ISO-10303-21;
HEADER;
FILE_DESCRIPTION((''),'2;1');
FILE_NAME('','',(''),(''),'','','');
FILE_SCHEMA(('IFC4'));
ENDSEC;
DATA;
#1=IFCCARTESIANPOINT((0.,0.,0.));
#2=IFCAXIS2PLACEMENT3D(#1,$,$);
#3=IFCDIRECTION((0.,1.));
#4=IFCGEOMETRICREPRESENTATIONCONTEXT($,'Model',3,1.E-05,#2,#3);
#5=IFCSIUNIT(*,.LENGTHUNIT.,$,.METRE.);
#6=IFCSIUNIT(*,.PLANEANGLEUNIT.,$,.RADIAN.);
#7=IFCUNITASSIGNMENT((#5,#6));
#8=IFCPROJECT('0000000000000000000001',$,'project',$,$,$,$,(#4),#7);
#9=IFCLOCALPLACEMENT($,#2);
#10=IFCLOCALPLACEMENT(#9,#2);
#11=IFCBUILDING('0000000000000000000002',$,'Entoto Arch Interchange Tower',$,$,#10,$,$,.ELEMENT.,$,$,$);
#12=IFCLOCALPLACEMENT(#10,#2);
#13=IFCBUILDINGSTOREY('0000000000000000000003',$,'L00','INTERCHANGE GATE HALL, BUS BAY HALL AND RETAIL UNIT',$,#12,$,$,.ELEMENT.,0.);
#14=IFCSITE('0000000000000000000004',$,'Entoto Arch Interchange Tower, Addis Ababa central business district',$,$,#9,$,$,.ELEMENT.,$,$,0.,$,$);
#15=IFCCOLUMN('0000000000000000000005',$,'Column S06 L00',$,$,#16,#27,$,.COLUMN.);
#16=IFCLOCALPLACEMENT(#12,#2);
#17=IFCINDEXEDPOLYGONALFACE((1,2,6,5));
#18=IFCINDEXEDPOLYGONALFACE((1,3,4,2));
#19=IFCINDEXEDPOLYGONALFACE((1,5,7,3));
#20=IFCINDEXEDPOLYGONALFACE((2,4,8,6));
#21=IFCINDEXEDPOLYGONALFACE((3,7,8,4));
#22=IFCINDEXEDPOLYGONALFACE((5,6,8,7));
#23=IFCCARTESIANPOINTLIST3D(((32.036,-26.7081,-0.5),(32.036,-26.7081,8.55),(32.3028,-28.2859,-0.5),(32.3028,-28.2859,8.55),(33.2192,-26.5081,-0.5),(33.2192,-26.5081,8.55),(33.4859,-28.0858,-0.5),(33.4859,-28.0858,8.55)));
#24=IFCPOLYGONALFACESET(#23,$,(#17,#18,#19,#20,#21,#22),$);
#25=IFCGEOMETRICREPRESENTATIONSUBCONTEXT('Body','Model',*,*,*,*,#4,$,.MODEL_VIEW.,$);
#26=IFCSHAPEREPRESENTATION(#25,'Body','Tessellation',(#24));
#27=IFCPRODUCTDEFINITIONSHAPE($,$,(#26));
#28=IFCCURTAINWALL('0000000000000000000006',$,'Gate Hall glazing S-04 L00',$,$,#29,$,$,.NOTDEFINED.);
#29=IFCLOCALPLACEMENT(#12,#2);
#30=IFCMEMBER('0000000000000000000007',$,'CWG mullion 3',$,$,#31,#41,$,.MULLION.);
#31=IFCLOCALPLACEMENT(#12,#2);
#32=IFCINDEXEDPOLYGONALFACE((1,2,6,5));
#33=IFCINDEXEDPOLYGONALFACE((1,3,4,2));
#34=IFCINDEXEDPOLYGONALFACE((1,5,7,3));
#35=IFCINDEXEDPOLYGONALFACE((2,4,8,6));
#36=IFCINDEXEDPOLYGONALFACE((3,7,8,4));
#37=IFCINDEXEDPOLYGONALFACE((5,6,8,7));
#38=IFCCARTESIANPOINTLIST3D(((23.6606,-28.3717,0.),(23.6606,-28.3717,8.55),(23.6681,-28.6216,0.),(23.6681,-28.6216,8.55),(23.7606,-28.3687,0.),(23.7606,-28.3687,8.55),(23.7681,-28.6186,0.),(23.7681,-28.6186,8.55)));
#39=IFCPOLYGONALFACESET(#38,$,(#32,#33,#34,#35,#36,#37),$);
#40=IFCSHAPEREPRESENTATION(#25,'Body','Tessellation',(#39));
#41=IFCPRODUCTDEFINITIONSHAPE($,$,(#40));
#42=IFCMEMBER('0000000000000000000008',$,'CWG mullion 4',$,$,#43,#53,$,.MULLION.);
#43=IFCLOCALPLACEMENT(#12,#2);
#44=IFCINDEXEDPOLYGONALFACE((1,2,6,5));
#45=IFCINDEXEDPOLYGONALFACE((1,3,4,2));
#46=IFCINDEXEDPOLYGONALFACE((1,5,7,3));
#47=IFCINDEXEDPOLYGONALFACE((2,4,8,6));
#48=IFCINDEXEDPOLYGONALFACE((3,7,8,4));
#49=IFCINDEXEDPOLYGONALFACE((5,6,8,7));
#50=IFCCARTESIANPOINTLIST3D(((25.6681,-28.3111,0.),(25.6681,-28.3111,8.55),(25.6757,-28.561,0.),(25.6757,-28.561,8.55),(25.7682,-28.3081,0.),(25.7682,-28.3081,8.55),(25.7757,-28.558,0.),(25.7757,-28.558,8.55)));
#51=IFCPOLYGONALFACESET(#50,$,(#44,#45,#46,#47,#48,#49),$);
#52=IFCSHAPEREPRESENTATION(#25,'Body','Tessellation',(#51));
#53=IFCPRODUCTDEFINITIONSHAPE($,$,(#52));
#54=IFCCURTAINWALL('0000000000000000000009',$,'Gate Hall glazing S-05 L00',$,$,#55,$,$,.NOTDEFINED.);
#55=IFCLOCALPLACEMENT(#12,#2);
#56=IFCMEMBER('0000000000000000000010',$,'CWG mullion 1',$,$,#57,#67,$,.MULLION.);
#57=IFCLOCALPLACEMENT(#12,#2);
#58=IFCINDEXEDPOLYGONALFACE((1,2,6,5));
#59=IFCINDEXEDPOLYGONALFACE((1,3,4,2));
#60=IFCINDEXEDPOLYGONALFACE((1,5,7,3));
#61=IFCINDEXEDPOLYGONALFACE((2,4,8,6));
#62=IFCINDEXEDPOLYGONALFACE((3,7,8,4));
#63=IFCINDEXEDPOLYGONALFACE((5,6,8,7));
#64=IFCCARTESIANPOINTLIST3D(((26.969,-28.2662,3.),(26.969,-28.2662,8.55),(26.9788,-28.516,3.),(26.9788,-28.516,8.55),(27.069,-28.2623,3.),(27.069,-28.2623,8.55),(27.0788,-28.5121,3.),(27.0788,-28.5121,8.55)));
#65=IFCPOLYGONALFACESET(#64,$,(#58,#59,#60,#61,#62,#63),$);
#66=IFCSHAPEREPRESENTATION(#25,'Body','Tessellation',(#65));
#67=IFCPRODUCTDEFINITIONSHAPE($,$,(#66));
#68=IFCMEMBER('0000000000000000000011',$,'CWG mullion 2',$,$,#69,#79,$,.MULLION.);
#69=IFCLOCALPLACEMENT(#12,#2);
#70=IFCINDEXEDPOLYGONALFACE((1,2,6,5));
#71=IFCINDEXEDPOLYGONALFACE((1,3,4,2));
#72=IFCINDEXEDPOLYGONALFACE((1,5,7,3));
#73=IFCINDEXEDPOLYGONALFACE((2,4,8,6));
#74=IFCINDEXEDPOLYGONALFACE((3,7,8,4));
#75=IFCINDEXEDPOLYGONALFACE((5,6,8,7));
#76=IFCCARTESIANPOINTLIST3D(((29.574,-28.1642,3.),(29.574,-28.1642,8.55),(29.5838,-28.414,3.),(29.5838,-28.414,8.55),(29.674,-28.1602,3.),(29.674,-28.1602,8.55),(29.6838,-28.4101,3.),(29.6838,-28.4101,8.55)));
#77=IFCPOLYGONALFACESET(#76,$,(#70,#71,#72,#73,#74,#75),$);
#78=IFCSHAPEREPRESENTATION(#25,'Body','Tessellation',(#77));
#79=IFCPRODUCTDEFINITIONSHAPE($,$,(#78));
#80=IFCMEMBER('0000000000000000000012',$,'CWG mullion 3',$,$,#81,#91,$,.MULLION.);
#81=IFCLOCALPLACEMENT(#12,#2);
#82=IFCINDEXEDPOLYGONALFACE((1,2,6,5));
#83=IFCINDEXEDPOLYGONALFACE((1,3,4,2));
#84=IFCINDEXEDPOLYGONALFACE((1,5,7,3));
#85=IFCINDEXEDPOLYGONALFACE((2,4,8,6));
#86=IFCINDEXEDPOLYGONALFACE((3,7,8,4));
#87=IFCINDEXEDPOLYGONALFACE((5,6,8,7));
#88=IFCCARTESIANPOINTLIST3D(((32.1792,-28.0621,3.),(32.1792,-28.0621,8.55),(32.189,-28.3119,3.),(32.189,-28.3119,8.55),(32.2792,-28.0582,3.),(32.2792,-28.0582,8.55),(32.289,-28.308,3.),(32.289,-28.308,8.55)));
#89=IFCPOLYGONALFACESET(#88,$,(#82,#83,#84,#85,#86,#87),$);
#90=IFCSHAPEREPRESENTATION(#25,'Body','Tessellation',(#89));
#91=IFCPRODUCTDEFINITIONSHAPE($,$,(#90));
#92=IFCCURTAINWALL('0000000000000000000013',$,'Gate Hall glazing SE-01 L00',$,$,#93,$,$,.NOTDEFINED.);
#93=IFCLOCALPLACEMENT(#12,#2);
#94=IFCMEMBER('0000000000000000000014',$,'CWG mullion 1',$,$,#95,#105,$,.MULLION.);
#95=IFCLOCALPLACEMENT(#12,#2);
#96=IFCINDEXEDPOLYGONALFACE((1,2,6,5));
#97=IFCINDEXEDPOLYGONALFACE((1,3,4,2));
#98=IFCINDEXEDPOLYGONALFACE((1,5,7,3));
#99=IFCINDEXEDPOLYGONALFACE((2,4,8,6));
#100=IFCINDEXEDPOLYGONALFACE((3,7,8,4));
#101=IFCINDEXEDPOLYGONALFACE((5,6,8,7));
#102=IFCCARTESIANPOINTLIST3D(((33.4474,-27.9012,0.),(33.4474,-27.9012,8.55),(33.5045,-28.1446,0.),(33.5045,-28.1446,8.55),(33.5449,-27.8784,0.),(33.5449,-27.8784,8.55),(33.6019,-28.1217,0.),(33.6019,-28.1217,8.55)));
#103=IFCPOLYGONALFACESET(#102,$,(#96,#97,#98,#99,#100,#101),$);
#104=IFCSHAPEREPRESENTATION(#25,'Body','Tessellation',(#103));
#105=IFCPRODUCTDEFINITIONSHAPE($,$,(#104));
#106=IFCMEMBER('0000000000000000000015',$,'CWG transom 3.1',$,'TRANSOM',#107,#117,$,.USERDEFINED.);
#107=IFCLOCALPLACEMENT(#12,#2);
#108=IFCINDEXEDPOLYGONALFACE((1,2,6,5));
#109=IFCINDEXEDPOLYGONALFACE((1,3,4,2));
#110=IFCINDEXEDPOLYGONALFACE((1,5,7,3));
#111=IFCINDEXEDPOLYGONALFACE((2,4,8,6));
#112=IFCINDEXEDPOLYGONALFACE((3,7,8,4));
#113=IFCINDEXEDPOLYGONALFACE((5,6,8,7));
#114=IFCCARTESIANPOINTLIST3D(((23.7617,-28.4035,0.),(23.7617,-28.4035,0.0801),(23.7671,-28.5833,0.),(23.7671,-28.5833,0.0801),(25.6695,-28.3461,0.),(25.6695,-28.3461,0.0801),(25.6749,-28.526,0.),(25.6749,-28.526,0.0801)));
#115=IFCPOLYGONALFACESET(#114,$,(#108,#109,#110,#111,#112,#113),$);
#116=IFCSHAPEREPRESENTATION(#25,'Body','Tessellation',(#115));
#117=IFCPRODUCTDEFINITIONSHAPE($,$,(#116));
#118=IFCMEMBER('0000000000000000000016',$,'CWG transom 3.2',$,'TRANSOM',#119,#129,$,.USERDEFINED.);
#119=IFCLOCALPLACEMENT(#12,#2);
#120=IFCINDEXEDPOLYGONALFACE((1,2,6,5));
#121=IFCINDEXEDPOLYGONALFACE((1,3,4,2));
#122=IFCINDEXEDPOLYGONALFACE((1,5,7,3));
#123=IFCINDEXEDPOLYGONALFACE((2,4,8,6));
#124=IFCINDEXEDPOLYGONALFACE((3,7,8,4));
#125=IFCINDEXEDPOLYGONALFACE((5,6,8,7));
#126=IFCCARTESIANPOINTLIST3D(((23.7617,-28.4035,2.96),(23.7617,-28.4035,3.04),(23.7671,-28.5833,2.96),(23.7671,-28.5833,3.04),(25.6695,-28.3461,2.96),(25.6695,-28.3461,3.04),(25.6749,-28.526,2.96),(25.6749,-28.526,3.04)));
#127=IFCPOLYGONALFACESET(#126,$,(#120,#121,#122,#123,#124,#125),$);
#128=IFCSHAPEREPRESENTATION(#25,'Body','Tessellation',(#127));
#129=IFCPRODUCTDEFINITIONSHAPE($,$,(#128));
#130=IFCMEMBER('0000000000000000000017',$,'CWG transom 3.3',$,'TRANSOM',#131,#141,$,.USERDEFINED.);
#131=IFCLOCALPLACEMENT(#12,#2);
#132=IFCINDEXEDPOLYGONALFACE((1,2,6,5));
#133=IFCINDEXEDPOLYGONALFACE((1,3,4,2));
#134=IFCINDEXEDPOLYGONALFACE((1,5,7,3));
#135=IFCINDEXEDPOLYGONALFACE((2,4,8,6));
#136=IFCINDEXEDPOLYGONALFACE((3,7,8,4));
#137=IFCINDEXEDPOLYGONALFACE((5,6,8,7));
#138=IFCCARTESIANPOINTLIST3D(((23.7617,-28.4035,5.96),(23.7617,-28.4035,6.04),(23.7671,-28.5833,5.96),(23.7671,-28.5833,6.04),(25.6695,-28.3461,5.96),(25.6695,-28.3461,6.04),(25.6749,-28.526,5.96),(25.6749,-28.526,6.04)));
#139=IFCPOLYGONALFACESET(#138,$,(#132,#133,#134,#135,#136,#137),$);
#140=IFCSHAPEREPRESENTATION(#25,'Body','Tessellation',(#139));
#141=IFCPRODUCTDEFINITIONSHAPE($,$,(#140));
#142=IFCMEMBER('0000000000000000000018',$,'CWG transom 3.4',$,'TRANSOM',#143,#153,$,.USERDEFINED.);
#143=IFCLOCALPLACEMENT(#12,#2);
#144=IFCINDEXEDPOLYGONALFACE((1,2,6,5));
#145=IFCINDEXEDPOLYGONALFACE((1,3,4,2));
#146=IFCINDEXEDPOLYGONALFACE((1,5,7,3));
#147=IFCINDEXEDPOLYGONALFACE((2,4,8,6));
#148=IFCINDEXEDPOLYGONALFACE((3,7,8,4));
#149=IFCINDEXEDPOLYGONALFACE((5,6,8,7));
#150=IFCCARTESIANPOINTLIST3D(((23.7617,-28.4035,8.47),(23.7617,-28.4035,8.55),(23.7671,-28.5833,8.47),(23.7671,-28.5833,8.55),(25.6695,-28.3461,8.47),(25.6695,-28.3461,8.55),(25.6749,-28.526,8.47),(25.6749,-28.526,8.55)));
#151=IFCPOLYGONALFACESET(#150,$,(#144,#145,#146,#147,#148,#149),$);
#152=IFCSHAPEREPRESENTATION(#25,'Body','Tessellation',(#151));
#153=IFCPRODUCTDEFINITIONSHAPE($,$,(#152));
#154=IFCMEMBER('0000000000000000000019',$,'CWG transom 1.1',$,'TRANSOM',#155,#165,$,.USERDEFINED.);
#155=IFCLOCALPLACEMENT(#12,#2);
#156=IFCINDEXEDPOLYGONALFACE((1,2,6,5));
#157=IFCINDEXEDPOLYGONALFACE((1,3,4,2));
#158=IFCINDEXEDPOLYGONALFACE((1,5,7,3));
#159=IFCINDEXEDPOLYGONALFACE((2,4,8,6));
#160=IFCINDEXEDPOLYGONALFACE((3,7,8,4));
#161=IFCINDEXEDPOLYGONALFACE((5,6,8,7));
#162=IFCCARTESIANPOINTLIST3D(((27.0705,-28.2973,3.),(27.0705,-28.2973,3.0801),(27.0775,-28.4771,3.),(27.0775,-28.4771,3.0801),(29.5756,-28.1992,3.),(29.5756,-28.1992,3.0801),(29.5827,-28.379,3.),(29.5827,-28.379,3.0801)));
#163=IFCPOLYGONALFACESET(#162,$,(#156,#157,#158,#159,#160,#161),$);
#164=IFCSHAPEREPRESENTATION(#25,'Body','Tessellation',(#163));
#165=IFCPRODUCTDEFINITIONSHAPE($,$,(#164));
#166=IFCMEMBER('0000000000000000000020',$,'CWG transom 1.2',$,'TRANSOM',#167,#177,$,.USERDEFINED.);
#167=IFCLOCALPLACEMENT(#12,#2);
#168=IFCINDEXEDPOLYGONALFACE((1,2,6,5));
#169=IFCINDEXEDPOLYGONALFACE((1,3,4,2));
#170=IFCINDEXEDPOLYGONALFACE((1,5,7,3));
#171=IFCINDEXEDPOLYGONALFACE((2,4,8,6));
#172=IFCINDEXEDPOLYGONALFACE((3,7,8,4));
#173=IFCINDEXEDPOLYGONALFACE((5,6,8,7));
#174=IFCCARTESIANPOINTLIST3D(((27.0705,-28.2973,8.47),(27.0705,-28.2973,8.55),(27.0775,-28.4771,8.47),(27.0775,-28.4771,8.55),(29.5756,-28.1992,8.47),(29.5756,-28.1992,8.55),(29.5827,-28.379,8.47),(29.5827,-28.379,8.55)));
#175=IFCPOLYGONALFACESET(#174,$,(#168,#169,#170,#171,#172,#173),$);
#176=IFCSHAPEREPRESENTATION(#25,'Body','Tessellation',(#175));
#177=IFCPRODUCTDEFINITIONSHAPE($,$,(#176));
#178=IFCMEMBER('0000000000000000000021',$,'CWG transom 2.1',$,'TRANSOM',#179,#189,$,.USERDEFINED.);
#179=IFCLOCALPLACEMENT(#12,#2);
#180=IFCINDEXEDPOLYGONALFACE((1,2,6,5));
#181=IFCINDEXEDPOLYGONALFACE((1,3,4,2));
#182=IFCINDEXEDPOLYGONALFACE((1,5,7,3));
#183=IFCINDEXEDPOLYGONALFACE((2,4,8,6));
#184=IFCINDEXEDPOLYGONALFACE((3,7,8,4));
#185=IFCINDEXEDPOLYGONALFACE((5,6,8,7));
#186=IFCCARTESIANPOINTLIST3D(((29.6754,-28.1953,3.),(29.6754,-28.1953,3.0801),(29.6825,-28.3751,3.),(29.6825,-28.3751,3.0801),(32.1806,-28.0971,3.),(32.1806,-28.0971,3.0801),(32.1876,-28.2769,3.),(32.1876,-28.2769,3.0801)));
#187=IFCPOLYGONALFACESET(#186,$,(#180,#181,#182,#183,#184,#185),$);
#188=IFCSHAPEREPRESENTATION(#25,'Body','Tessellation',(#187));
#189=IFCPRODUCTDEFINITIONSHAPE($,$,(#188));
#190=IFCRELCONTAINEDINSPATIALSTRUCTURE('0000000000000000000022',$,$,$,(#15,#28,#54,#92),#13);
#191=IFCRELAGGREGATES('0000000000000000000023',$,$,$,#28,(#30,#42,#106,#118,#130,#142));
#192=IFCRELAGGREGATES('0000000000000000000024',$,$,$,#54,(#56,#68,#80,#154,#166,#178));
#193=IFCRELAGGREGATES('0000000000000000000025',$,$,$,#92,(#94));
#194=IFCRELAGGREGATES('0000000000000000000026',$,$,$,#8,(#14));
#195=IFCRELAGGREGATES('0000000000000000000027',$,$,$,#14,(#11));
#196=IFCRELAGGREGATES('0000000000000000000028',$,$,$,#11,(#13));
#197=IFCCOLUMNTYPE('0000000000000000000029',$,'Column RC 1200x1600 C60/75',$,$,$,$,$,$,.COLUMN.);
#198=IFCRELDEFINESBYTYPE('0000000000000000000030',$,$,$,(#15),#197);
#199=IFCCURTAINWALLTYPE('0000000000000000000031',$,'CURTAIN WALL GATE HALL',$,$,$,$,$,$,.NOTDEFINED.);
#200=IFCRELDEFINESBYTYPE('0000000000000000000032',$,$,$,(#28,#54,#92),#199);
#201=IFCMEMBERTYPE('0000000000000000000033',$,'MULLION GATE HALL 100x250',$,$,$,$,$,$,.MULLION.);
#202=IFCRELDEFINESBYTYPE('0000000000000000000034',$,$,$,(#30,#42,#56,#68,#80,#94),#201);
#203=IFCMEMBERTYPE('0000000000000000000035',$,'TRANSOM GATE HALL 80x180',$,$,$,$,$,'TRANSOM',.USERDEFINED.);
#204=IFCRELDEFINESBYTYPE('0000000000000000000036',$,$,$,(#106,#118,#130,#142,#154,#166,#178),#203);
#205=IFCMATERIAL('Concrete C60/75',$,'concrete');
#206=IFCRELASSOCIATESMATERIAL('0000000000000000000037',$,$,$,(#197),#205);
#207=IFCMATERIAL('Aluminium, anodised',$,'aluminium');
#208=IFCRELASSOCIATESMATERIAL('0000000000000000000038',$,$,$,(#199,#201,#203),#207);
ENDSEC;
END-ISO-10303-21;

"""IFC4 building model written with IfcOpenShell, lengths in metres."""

from ifc_helpers import new_model, si_unit, direction, frame, origin, origin_2d, place, context, subcontext, project, spatial, rectangle, extrude, material, material_profile, profile_set, type_object, element, aggregate, save


model = new_model("IFC4")

# Units and contexts
model_context = context("Model", 3, precision=1e-05, world=origin(), true_north=direction((0.0, 1.0)))
body_context = subcontext(model_context, "Body", "Model", "MODEL_VIEW")
ifc_project = project(units=[si_unit("LENGTHUNIT", "METRE"), si_unit("PLANEANGLEUNIT", "RADIAN")], contexts=[model_context])

# Site, building, storey
site_placement = place(None, origin())
site = spatial("IfcSite", under=ifc_project, at=site_placement, Name="Entoto Arch Interchange Tower, Addis Ababa central business district", CompositionType="ELEMENT", RefElevation=0.0)
building_placement = place(site_placement, origin())
building = spatial("IfcBuilding", under=site, at=building_placement, Name="Entoto Arch Interchange Tower", CompositionType="ELEMENT")
storey_placement = place(building_placement, origin())
storey = spatial("IfcBuildingStorey", under=building, at=storey_placement, Name="L00", Description="INTERCHANGE GATE HALL, BUS BAY HALL AND RETAIL UNIT", CompositionType="ELEMENT", Elevation=0.0)

# Column
ifc_material_1 = material(Name="Concrete C60/75", Category="concrete")
ifc_material_profile_1 = material_profile(ifc_material_1, rectangle(XDim=1.2, YDim=1.6001, at=origin_2d()))
ifc_profile_set_1 = profile_set([ifc_material_profile_1], Name="Concrete C60/75")
column_type = type_object("IfcColumnType", Name="Column RC 1200x1600 C60/75", PredefinedType="COLUMN", material=ifc_profile_set_1)
column_placement = place(storey_placement, frame((32.761, -27.397, -0.5), z_axis=(0.0, 0.0, 1.0), x_axis=(0.986005, 0.166717, 0.0)))
element("IfcColumn", 1, at=column_placement, inside=storey, type_object=column_type, Name="Column S06 L00", PredefinedType="COLUMN", context=body_context, shape_type="SweptSolid", body=[
    extrude(rectangle(XDim=1.2, YDim=1.6001, at=origin_2d()), origin(), (0.0, 0.0, 1.0), 9.05),
])

# Curtain walls, members
ifc_material_2 = material(Name="Aluminium, anodised", Category="aluminium")
curtain_wall_type = type_object("IfcCurtainWallType", Name="CURTAIN WALL GATE HALL", PredefinedType="NOTDEFINED", material=ifc_material_2)
curtain_wall_1_placement = place(storey_placement, origin())
curtain_wall_1 = element("IfcCurtainWall", 2, at=curtain_wall_1_placement, inside=storey, type_object=curtain_wall_type, Name="Gate Hall glazing S-04 L00", PredefinedType="NOTDEFINED")
ifc_material_profile_2 = material_profile(ifc_material_2, rectangle(XDim=0.25, YDim=0.1001, at=origin_2d()))
ifc_profile_set_2 = profile_set([ifc_material_profile_2], Name="Aluminium, anodised")
member_type_1 = type_object("IfcMemberType", Name="MULLION GATE HALL 100x250", PredefinedType="MULLION", material=ifc_profile_set_2)
member_1_placement = place(storey_placement, frame((23.7144, -28.4951, 0.0), z_axis=(0.0, 0.0, 1.0), x_axis=(-0.030118, 0.999546, 0.0)))
member_1 = element("IfcMember", 3, at=member_1_placement, type_object=member_type_1, Name="CWG mullion 3", PredefinedType="MULLION", context=body_context, shape_type="SweptSolid", body=[
    extrude(rectangle(XDim=0.25, YDim=0.1001, at=origin_2d()), origin(), (0.0, 0.0, 1.0), 8.55),
])
member_2_placement = place(storey_placement, frame((25.7219, -28.4346, 0.0), z_axis=(0.0, 0.0, 1.0), x_axis=(-0.030118, 0.999546, 0.0)))
member_2 = element("IfcMember", 4, at=member_2_placement, type_object=member_type_1, Name="CWG mullion 4", PredefinedType="MULLION", context=body_context, shape_type="SweptSolid", body=[
    extrude(rectangle(XDim=0.25, YDim=0.1001, at=origin_2d()), origin(), (0.0, 0.0, 1.0), 8.55),
])
curtain_wall_2_placement = place(storey_placement, origin())
curtain_wall_2 = element("IfcCurtainWall", 5, at=curtain_wall_2_placement, inside=storey, type_object=curtain_wall_type, Name="Gate Hall glazing S-05 L00", PredefinedType="NOTDEFINED")
member_3_placement = place(storey_placement, frame((27.0239, -28.3892, 3.0), z_axis=(0.0, 0.0, 1.0), x_axis=(-0.039141, 0.999234, 0.0)))
member_3 = element("IfcMember", 6, at=member_3_placement, type_object=member_type_1, Name="CWG mullion 1", PredefinedType="MULLION", context=body_context, shape_type="SweptSolid", body=[
    extrude(rectangle(XDim=0.25, YDim=0.1001, at=origin_2d()), origin(), (0.0, 0.0, 1.0), 5.55),
])
member_4_placement = place(storey_placement, frame((29.6289, -28.2871, 3.0), z_axis=(0.0, 0.0, 1.0), x_axis=(-0.039141, 0.999234, 0.0)))
member_4 = element("IfcMember", 7, at=member_4_placement, type_object=member_type_1, Name="CWG mullion 2", PredefinedType="MULLION", context=body_context, shape_type="SweptSolid", body=[
    extrude(rectangle(XDim=0.25, YDim=0.1001, at=origin_2d()), origin(), (0.0, 0.0, 1.0), 5.55),
])
member_5_placement = place(storey_placement, frame((32.2341, -28.1851, 3.0), z_axis=(0.0, 0.0, 1.0), x_axis=(-0.039141, 0.999234, 0.0)))
member_5 = element("IfcMember", 8, at=member_5_placement, type_object=member_type_1, Name="CWG mullion 3", PredefinedType="MULLION", context=body_context, shape_type="SweptSolid", body=[
    extrude(rectangle(XDim=0.25, YDim=0.1001, at=origin_2d()), origin(), (0.0, 0.0, 1.0), 5.55),
])

# Curtain wall, member
curtain_wall_3_placement = place(storey_placement, origin())
curtain_wall_3 = element("IfcCurtainWall", 9, at=curtain_wall_3_placement, inside=storey, type_object=curtain_wall_type, Name="Gate Hall glazing SE-01 L00", PredefinedType="NOTDEFINED")
member_6_placement = place(storey_placement, frame((33.5247, -28.0115, 0.0), z_axis=(0.0, 0.0, 1.0), x_axis=(-0.228271, 0.973598, 0.0)))
member_6 = element("IfcMember", 10, at=member_6_placement, type_object=member_type_1, Name="CWG mullion 1", PredefinedType="MULLION", context=body_context, shape_type="SweptSolid", body=[
    extrude(rectangle(XDim=0.25, YDim=0.1001, at=origin_2d()), origin(), (0.0, 0.0, 1.0), 8.55),
])

# Members
ifc_material_profile_3 = material_profile(ifc_material_2, rectangle(XDim=0.1799, YDim=0.0801, at=origin_2d()))
ifc_profile_set_3 = profile_set([ifc_material_profile_3], Name="Aluminium, anodised")
member_type_2 = type_object("IfcMemberType", Name="TRANSOM GATE HALL 80x180", ElementType="TRANSOM", PredefinedType="USERDEFINED", material=ifc_profile_set_3)
member_7_placement = place(storey_placement, frame((23.7644, -28.4934, 0.04), z_axis=(0.999548, 0.030061, 0.0), x_axis=(-0.030061, 0.999548, 0.0)))
member_7 = element("IfcMember", 11, at=member_7_placement, type_object=member_type_2, Name="CWG transom 3.1", ObjectType="TRANSOM", PredefinedType="USERDEFINED", context=body_context, shape_type="SweptSolid", body=[
    extrude(rectangle(XDim=0.1799, YDim=0.0801, at=origin_2d()), origin(), (0.0, 0.0, 1.0), 1.9087),
])
member_8_placement = place(storey_placement, frame((23.7644, -28.4934, 3.0), z_axis=(0.999548, 0.030061, 0.0), x_axis=(-0.030061, 0.999548, 0.0)))
member_8 = element("IfcMember", 12, at=member_8_placement, type_object=member_type_2, Name="CWG transom 3.2", ObjectType="TRANSOM", PredefinedType="USERDEFINED", context=body_context, shape_type="SweptSolid", body=[
    extrude(rectangle(XDim=0.1799, YDim=0.0801, at=origin_2d()), origin(), (0.0, 0.0, 1.0), 1.9087),
])
member_9_placement = place(storey_placement, frame((23.7644, -28.4934, 6.0), z_axis=(0.999548, 0.030061, 0.0), x_axis=(-0.030061, 0.999548, 0.0)))
member_9 = element("IfcMember", 13, at=member_9_placement, type_object=member_type_2, Name="CWG transom 3.3", ObjectType="TRANSOM", PredefinedType="USERDEFINED", context=body_context, shape_type="SweptSolid", body=[
    extrude(rectangle(XDim=0.1799, YDim=0.0801, at=origin_2d()), origin(), (0.0, 0.0, 1.0), 1.9087),
])
member_10_placement = place(storey_placement, frame((23.7644, -28.4934, 8.51), z_axis=(0.999548, 0.030061, 0.0), x_axis=(-0.030061, 0.999548, 0.0)))
member_10 = element("IfcMember", 14, at=member_10_placement, type_object=member_type_2, Name="CWG transom 3.4", ObjectType="TRANSOM", PredefinedType="USERDEFINED", context=body_context, shape_type="SweptSolid", body=[
    extrude(rectangle(XDim=0.1799, YDim=0.0801, at=origin_2d()), origin(), (0.0, 0.0, 1.0), 1.9087),
])
member_11_placement = place(storey_placement, frame((27.074, -28.3872, 3.04), z_axis=(0.999233, 0.039147, 0.0), x_axis=(-0.039147, 0.999233, 0.0)))
member_11 = element("IfcMember", 15, at=member_11_placement, type_object=member_type_2, Name="CWG transom 1.1", ObjectType="TRANSOM", PredefinedType="USERDEFINED", context=body_context, shape_type="SweptSolid", body=[
    extrude(rectangle(XDim=0.1799, YDim=0.0801, at=origin_2d()), origin(), (0.0, 0.0, 1.0), 2.5071),
])
member_12_placement = place(storey_placement, frame((27.074, -28.3872, 8.51), z_axis=(0.999233, 0.039147, 0.0), x_axis=(-0.039147, 0.999233, 0.0)))
member_12 = element("IfcMember", 16, at=member_12_placement, type_object=member_type_2, Name="CWG transom 1.2", ObjectType="TRANSOM", PredefinedType="USERDEFINED", context=body_context, shape_type="SweptSolid", body=[
    extrude(rectangle(XDim=0.1799, YDim=0.0801, at=origin_2d()), origin(), (0.0, 0.0, 1.0), 2.5071),
])
member_13_placement = place(storey_placement, frame((29.679, -28.2852, 3.04), z_axis=(0.999233, 0.039147, 0.0), x_axis=(-0.039147, 0.999233, 0.0)))
member_13 = element("IfcMember", 17, at=member_13_placement, type_object=member_type_2, Name="CWG transom 2.1", ObjectType="TRANSOM", PredefinedType="USERDEFINED", context=body_context, shape_type="SweptSolid", body=[
    extrude(rectangle(XDim=0.1799, YDim=0.0801, at=origin_2d()), origin(), (0.0, 0.0, 1.0), 2.5071),
])

aggregate(curtain_wall_1, [member_1, member_2, member_7, member_8, member_9, member_10])
aggregate(curtain_wall_2, [member_3, member_4, member_5, member_11, member_12, member_13])
aggregate(curtain_wall_3, [member_6])

save(model, "model.ifc")
